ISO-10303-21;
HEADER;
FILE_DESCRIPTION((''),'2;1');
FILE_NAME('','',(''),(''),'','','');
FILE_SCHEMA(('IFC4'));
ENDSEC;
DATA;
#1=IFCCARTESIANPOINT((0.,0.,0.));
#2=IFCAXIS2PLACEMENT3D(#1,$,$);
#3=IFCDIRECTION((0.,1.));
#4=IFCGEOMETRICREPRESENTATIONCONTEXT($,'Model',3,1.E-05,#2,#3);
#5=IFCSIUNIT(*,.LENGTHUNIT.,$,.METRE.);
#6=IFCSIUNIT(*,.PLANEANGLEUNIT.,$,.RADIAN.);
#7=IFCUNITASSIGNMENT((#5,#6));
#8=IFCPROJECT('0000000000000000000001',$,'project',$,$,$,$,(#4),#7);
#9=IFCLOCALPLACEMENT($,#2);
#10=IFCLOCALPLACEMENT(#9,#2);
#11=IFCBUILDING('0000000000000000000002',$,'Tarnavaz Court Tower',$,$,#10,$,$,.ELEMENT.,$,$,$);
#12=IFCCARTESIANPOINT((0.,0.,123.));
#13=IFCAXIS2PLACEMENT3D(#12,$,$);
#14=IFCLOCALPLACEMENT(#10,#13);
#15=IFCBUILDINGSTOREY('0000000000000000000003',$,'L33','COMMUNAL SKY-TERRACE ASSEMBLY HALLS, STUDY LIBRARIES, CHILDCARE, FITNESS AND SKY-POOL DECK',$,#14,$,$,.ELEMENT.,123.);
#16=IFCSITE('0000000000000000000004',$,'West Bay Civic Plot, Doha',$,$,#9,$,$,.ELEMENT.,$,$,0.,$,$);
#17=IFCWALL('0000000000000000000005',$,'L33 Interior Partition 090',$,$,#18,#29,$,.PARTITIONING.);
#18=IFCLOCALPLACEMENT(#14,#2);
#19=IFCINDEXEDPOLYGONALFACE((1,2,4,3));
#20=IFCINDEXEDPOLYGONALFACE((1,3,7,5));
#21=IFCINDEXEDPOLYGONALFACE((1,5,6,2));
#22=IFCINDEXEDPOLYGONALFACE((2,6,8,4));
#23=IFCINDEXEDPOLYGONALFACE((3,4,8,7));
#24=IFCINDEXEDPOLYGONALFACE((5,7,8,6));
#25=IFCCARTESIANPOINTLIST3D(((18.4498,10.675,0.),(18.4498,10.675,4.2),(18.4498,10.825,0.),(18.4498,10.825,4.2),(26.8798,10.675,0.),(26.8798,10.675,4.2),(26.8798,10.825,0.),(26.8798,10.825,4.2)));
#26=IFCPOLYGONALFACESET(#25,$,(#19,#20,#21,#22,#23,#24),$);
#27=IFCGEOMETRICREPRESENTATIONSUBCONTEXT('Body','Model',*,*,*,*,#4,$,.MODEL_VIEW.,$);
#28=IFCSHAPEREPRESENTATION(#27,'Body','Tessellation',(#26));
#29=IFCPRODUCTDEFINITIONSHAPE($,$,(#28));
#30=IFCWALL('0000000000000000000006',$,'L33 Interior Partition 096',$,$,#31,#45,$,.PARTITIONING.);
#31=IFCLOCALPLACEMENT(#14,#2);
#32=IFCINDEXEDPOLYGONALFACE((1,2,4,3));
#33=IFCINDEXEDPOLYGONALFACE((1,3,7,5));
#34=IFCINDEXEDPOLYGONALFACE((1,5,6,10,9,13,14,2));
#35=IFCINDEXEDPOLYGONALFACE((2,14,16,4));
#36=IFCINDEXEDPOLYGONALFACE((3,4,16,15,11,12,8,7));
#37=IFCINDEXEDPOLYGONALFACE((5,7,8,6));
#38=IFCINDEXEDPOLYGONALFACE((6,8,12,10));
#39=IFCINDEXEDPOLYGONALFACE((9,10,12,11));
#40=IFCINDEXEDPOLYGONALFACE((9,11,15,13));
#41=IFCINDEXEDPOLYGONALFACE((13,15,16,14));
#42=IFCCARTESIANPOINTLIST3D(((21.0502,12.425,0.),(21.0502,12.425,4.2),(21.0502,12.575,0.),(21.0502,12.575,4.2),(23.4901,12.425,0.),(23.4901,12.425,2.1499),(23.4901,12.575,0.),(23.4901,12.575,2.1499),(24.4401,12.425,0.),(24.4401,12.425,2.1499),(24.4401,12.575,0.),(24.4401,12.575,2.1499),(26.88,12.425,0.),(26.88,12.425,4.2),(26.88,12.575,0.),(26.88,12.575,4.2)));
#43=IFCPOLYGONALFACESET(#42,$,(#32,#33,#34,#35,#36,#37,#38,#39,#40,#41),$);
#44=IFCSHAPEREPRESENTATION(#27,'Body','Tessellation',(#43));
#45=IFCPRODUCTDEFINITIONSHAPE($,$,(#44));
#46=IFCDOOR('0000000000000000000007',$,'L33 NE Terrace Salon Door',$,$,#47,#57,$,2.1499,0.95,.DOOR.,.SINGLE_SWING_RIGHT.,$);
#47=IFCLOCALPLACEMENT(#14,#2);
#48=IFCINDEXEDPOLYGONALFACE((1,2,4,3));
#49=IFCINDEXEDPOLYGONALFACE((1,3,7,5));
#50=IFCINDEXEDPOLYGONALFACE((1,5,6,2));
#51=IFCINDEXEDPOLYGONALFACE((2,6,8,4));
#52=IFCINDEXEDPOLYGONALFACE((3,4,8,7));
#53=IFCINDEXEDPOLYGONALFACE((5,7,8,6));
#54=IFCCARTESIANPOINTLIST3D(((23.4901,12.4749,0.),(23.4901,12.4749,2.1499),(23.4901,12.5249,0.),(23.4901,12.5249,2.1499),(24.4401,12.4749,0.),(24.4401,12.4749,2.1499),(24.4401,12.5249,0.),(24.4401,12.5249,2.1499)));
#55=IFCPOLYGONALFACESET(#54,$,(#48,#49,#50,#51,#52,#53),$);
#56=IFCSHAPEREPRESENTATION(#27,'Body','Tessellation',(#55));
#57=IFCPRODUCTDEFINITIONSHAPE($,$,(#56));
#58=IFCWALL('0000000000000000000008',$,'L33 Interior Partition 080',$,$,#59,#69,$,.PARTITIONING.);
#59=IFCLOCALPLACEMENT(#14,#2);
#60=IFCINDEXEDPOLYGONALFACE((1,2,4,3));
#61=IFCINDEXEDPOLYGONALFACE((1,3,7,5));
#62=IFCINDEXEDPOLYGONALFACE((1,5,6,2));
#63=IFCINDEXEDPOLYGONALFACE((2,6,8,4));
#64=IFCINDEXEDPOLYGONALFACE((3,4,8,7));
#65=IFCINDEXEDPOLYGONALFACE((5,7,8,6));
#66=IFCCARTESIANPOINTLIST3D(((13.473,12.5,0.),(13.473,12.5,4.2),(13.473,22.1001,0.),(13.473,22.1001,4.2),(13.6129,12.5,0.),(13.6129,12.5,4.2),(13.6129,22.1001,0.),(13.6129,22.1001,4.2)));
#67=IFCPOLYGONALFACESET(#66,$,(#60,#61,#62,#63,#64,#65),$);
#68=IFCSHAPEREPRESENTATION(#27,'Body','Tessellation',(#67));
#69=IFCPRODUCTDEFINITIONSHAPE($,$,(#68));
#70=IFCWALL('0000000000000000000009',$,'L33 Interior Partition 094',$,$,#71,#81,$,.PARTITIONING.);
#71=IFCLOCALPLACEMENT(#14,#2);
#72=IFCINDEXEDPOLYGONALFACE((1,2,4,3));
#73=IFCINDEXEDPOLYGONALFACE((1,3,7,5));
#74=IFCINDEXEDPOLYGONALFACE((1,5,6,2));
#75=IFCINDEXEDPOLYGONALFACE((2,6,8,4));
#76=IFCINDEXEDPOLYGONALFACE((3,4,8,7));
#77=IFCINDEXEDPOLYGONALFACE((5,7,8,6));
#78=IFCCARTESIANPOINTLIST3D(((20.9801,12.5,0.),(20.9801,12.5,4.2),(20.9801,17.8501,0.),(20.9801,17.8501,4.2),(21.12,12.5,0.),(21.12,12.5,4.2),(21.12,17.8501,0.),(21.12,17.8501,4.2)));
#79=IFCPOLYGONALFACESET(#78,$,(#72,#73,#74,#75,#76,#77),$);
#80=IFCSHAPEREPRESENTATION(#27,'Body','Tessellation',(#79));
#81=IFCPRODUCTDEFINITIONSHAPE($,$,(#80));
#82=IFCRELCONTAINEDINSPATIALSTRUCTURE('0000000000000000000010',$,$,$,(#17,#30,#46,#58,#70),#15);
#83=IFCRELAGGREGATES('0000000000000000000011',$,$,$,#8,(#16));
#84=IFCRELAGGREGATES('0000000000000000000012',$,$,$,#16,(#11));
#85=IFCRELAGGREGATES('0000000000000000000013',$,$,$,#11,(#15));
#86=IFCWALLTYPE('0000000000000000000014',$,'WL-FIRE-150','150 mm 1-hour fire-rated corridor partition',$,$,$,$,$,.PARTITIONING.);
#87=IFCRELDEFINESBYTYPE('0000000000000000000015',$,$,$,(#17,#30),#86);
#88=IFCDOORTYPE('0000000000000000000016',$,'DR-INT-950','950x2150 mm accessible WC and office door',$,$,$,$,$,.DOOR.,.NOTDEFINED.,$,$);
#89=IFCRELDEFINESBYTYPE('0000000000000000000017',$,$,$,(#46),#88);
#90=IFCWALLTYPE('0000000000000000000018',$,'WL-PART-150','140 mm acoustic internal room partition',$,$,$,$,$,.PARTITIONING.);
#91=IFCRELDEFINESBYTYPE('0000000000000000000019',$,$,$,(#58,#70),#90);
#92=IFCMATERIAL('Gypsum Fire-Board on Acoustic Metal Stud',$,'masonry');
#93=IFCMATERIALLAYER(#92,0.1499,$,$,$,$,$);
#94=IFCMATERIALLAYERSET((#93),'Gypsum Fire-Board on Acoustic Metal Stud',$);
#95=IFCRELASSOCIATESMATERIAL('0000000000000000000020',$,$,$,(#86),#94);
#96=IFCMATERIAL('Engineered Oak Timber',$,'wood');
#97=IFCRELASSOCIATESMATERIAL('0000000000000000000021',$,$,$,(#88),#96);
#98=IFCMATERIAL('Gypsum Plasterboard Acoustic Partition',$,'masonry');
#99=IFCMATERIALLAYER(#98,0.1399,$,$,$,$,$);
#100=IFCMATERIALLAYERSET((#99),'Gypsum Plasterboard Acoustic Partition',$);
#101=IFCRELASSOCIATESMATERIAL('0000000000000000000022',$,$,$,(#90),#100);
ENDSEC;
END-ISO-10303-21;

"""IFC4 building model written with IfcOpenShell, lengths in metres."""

from ifc_helpers import new_model, si_unit, direction, frame, frame_2d, origin, place, context, subcontext, project, spatial, rectangle, extrude, material, layer, layer_set, type_object, element, fill, save


model = new_model("IFC4")

# Units and contexts
model_context = context("Model", 3, precision=1e-05, world=origin(), true_north=direction((0.0, 1.0)))
body_context = subcontext(model_context, "Body", "Model", "MODEL_VIEW")
ifc_project = project(units=[si_unit("LENGTHUNIT", "METRE"), si_unit("PLANEANGLEUNIT", "RADIAN")], contexts=[model_context])

# Site, building, storey
site_placement = place(None, origin())
site = spatial("IfcSite", under=ifc_project, at=site_placement, Name="West Bay Civic Plot, Doha", CompositionType="ELEMENT", RefElevation=0.0)
building_placement = place(site_placement, origin())
building = spatial("IfcBuilding", under=site, at=building_placement, Name="Tarnavaz Court Tower", CompositionType="ELEMENT")
storey_placement = place(building_placement, frame((0.0, 0.0, 123.0)))
storey = spatial("IfcBuildingStorey", under=building, at=storey_placement, Name="L33", Description="COMMUNAL SKY-TERRACE ASSEMBLY HALLS, STUDY LIBRARIES, CHILDCARE, FITNESS AND SKY-POOL DECK", CompositionType="ELEMENT", Elevation=123.0)

# Wall
ifc_material_1 = material(Name="Gypsum Fire-Board on Acoustic Metal Stud", Category="masonry")
ifc_layer_1 = layer(ifc_material_1, 0.1499)
ifc_layer_set_1 = layer_set([ifc_layer_1], Name="Gypsum Fire-Board on Acoustic Metal Stud")
wall_type_1 = type_object("IfcWallType", Name="WL-FIRE-150", Description="150 mm 1-hour fire-rated corridor partition", PredefinedType="PARTITIONING", material=ifc_layer_set_1)
wall_1_placement = place(storey_placement, frame((18.45, 10.75, 0.0), z_axis=(0.0, 0.0, 1.0), x_axis=(1.0, 0.0, 0.0)))
element("IfcWall", 1, at=wall_1_placement, inside=storey, type_object=wall_type_1, Name="L33 Interior Partition 090", PredefinedType="PARTITIONING", context=body_context, shape_type="SweptSolid", body=[
    extrude(rectangle(XDim=8.4299, YDim=0.1499, at=frame_2d((4.2148, 0.0))), origin(), (0.0, 0.0, 1.0), 4.2),
])

# Wall, opening, door
wall_2_placement = place(storey_placement, frame((21.05, 12.5, 0.0), z_axis=(0.0, 0.0, 1.0), x_axis=(1.0, 0.0, 0.0)))
wall_2 = element("IfcWall", 2, at=wall_2_placement, inside=storey, type_object=wall_type_1, Name="L33 Interior Partition 096", PredefinedType="PARTITIONING", context=body_context, shape_type="SweptSolid", body=[
    extrude(rectangle(XDim=5.8298, YDim=0.1499, at=frame_2d((2.915, 0.0))), origin(), (0.0, 0.0, 1.0), 4.2),
])
opening_1_placement = place(wall_2_placement, frame((2.4399, 0.0, 0.0)))
opening_1 = element("IfcOpeningElement", 3, at=opening_1_placement, cuts=wall_2, PredefinedType="OPENING", context=body_context, shape_type="SweptSolid", body=[
    extrude(rectangle(XDim=0.95, YDim=2.1499, at=frame_2d((0.4751, 1.075))), frame((0.0, 0.085, 0.0), z_axis=(0.0, -1.0, 0.0), x_axis=(1.0, 0.0, 0.0)), (0.0, 0.0, 1.0), 0.1699),
])
ifc_material_2 = material(Name="Engineered Oak Timber", Category="wood")
door_type_1 = type_object("IfcDoorType", Name="DR-INT-950", Description="950x2150 mm accessible WC and office door", OperationType="NOTDEFINED", PredefinedType="DOOR", material=ifc_material_2)
door_1_placement = place(opening_1_placement, origin())
door_1 = element("IfcDoor", 4, at=door_1_placement, inside=storey, type_object=door_type_1, Name="L33 NE Terrace Salon Door", OperationType="SINGLE_SWING_RIGHT", OverallHeight=2.1499, OverallWidth=0.95, PredefinedType="DOOR", context=body_context, shape_type="SweptSolid", body=[
    extrude(rectangle(XDim=0.95, YDim=2.1499, at=frame_2d((0.4751, 1.075))), frame((0.0, 0.0249, 0.0), z_axis=(0.0, -1.0, 0.0), x_axis=(1.0, 0.0, 0.0)), (0.0, 0.0, 1.0), 0.05),
])
fill(opening_1, door_1)

# Walls
ifc_material_3 = material(Name="Gypsum Plasterboard Acoustic Partition", Category="masonry")
ifc_layer_2 = layer(ifc_material_3, 0.1399)
ifc_layer_set_2 = layer_set([ifc_layer_2], Name="Gypsum Plasterboard Acoustic Partition")
wall_type_2 = type_object("IfcWallType", Name="WL-PART-150", Description="140 mm acoustic internal room partition", PredefinedType="PARTITIONING", material=ifc_layer_set_2)
wall_3_placement = place(storey_placement, frame((13.543, 12.5, 0.0), z_axis=(0.0, 0.0, 1.0), x_axis=(0.0, 1.0, 0.0)))
element("IfcWall", 5, at=wall_3_placement, inside=storey, type_object=wall_type_2, Name="L33 Interior Partition 080", PredefinedType="PARTITIONING", context=body_context, shape_type="SweptSolid", body=[
    extrude(rectangle(XDim=9.6001, YDim=0.1399, at=frame_2d((4.8, 0.0))), origin(), (0.0, 0.0, 1.0), 4.2),
])
wall_4_placement = place(storey_placement, frame((21.05, 12.5, 0.0), z_axis=(0.0, 0.0, 1.0), x_axis=(0.0, 1.0, 0.0)))
element("IfcWall", 6, at=wall_4_placement, inside=storey, type_object=wall_type_2, Name="L33 Interior Partition 094", PredefinedType="PARTITIONING", context=body_context, shape_type="SweptSolid", body=[
    extrude(rectangle(XDim=5.3501, YDim=0.1399, at=frame_2d((2.675, 0.0))), origin(), (0.0, 0.0, 1.0), 4.2),
])

save(model, "model.ifc")
